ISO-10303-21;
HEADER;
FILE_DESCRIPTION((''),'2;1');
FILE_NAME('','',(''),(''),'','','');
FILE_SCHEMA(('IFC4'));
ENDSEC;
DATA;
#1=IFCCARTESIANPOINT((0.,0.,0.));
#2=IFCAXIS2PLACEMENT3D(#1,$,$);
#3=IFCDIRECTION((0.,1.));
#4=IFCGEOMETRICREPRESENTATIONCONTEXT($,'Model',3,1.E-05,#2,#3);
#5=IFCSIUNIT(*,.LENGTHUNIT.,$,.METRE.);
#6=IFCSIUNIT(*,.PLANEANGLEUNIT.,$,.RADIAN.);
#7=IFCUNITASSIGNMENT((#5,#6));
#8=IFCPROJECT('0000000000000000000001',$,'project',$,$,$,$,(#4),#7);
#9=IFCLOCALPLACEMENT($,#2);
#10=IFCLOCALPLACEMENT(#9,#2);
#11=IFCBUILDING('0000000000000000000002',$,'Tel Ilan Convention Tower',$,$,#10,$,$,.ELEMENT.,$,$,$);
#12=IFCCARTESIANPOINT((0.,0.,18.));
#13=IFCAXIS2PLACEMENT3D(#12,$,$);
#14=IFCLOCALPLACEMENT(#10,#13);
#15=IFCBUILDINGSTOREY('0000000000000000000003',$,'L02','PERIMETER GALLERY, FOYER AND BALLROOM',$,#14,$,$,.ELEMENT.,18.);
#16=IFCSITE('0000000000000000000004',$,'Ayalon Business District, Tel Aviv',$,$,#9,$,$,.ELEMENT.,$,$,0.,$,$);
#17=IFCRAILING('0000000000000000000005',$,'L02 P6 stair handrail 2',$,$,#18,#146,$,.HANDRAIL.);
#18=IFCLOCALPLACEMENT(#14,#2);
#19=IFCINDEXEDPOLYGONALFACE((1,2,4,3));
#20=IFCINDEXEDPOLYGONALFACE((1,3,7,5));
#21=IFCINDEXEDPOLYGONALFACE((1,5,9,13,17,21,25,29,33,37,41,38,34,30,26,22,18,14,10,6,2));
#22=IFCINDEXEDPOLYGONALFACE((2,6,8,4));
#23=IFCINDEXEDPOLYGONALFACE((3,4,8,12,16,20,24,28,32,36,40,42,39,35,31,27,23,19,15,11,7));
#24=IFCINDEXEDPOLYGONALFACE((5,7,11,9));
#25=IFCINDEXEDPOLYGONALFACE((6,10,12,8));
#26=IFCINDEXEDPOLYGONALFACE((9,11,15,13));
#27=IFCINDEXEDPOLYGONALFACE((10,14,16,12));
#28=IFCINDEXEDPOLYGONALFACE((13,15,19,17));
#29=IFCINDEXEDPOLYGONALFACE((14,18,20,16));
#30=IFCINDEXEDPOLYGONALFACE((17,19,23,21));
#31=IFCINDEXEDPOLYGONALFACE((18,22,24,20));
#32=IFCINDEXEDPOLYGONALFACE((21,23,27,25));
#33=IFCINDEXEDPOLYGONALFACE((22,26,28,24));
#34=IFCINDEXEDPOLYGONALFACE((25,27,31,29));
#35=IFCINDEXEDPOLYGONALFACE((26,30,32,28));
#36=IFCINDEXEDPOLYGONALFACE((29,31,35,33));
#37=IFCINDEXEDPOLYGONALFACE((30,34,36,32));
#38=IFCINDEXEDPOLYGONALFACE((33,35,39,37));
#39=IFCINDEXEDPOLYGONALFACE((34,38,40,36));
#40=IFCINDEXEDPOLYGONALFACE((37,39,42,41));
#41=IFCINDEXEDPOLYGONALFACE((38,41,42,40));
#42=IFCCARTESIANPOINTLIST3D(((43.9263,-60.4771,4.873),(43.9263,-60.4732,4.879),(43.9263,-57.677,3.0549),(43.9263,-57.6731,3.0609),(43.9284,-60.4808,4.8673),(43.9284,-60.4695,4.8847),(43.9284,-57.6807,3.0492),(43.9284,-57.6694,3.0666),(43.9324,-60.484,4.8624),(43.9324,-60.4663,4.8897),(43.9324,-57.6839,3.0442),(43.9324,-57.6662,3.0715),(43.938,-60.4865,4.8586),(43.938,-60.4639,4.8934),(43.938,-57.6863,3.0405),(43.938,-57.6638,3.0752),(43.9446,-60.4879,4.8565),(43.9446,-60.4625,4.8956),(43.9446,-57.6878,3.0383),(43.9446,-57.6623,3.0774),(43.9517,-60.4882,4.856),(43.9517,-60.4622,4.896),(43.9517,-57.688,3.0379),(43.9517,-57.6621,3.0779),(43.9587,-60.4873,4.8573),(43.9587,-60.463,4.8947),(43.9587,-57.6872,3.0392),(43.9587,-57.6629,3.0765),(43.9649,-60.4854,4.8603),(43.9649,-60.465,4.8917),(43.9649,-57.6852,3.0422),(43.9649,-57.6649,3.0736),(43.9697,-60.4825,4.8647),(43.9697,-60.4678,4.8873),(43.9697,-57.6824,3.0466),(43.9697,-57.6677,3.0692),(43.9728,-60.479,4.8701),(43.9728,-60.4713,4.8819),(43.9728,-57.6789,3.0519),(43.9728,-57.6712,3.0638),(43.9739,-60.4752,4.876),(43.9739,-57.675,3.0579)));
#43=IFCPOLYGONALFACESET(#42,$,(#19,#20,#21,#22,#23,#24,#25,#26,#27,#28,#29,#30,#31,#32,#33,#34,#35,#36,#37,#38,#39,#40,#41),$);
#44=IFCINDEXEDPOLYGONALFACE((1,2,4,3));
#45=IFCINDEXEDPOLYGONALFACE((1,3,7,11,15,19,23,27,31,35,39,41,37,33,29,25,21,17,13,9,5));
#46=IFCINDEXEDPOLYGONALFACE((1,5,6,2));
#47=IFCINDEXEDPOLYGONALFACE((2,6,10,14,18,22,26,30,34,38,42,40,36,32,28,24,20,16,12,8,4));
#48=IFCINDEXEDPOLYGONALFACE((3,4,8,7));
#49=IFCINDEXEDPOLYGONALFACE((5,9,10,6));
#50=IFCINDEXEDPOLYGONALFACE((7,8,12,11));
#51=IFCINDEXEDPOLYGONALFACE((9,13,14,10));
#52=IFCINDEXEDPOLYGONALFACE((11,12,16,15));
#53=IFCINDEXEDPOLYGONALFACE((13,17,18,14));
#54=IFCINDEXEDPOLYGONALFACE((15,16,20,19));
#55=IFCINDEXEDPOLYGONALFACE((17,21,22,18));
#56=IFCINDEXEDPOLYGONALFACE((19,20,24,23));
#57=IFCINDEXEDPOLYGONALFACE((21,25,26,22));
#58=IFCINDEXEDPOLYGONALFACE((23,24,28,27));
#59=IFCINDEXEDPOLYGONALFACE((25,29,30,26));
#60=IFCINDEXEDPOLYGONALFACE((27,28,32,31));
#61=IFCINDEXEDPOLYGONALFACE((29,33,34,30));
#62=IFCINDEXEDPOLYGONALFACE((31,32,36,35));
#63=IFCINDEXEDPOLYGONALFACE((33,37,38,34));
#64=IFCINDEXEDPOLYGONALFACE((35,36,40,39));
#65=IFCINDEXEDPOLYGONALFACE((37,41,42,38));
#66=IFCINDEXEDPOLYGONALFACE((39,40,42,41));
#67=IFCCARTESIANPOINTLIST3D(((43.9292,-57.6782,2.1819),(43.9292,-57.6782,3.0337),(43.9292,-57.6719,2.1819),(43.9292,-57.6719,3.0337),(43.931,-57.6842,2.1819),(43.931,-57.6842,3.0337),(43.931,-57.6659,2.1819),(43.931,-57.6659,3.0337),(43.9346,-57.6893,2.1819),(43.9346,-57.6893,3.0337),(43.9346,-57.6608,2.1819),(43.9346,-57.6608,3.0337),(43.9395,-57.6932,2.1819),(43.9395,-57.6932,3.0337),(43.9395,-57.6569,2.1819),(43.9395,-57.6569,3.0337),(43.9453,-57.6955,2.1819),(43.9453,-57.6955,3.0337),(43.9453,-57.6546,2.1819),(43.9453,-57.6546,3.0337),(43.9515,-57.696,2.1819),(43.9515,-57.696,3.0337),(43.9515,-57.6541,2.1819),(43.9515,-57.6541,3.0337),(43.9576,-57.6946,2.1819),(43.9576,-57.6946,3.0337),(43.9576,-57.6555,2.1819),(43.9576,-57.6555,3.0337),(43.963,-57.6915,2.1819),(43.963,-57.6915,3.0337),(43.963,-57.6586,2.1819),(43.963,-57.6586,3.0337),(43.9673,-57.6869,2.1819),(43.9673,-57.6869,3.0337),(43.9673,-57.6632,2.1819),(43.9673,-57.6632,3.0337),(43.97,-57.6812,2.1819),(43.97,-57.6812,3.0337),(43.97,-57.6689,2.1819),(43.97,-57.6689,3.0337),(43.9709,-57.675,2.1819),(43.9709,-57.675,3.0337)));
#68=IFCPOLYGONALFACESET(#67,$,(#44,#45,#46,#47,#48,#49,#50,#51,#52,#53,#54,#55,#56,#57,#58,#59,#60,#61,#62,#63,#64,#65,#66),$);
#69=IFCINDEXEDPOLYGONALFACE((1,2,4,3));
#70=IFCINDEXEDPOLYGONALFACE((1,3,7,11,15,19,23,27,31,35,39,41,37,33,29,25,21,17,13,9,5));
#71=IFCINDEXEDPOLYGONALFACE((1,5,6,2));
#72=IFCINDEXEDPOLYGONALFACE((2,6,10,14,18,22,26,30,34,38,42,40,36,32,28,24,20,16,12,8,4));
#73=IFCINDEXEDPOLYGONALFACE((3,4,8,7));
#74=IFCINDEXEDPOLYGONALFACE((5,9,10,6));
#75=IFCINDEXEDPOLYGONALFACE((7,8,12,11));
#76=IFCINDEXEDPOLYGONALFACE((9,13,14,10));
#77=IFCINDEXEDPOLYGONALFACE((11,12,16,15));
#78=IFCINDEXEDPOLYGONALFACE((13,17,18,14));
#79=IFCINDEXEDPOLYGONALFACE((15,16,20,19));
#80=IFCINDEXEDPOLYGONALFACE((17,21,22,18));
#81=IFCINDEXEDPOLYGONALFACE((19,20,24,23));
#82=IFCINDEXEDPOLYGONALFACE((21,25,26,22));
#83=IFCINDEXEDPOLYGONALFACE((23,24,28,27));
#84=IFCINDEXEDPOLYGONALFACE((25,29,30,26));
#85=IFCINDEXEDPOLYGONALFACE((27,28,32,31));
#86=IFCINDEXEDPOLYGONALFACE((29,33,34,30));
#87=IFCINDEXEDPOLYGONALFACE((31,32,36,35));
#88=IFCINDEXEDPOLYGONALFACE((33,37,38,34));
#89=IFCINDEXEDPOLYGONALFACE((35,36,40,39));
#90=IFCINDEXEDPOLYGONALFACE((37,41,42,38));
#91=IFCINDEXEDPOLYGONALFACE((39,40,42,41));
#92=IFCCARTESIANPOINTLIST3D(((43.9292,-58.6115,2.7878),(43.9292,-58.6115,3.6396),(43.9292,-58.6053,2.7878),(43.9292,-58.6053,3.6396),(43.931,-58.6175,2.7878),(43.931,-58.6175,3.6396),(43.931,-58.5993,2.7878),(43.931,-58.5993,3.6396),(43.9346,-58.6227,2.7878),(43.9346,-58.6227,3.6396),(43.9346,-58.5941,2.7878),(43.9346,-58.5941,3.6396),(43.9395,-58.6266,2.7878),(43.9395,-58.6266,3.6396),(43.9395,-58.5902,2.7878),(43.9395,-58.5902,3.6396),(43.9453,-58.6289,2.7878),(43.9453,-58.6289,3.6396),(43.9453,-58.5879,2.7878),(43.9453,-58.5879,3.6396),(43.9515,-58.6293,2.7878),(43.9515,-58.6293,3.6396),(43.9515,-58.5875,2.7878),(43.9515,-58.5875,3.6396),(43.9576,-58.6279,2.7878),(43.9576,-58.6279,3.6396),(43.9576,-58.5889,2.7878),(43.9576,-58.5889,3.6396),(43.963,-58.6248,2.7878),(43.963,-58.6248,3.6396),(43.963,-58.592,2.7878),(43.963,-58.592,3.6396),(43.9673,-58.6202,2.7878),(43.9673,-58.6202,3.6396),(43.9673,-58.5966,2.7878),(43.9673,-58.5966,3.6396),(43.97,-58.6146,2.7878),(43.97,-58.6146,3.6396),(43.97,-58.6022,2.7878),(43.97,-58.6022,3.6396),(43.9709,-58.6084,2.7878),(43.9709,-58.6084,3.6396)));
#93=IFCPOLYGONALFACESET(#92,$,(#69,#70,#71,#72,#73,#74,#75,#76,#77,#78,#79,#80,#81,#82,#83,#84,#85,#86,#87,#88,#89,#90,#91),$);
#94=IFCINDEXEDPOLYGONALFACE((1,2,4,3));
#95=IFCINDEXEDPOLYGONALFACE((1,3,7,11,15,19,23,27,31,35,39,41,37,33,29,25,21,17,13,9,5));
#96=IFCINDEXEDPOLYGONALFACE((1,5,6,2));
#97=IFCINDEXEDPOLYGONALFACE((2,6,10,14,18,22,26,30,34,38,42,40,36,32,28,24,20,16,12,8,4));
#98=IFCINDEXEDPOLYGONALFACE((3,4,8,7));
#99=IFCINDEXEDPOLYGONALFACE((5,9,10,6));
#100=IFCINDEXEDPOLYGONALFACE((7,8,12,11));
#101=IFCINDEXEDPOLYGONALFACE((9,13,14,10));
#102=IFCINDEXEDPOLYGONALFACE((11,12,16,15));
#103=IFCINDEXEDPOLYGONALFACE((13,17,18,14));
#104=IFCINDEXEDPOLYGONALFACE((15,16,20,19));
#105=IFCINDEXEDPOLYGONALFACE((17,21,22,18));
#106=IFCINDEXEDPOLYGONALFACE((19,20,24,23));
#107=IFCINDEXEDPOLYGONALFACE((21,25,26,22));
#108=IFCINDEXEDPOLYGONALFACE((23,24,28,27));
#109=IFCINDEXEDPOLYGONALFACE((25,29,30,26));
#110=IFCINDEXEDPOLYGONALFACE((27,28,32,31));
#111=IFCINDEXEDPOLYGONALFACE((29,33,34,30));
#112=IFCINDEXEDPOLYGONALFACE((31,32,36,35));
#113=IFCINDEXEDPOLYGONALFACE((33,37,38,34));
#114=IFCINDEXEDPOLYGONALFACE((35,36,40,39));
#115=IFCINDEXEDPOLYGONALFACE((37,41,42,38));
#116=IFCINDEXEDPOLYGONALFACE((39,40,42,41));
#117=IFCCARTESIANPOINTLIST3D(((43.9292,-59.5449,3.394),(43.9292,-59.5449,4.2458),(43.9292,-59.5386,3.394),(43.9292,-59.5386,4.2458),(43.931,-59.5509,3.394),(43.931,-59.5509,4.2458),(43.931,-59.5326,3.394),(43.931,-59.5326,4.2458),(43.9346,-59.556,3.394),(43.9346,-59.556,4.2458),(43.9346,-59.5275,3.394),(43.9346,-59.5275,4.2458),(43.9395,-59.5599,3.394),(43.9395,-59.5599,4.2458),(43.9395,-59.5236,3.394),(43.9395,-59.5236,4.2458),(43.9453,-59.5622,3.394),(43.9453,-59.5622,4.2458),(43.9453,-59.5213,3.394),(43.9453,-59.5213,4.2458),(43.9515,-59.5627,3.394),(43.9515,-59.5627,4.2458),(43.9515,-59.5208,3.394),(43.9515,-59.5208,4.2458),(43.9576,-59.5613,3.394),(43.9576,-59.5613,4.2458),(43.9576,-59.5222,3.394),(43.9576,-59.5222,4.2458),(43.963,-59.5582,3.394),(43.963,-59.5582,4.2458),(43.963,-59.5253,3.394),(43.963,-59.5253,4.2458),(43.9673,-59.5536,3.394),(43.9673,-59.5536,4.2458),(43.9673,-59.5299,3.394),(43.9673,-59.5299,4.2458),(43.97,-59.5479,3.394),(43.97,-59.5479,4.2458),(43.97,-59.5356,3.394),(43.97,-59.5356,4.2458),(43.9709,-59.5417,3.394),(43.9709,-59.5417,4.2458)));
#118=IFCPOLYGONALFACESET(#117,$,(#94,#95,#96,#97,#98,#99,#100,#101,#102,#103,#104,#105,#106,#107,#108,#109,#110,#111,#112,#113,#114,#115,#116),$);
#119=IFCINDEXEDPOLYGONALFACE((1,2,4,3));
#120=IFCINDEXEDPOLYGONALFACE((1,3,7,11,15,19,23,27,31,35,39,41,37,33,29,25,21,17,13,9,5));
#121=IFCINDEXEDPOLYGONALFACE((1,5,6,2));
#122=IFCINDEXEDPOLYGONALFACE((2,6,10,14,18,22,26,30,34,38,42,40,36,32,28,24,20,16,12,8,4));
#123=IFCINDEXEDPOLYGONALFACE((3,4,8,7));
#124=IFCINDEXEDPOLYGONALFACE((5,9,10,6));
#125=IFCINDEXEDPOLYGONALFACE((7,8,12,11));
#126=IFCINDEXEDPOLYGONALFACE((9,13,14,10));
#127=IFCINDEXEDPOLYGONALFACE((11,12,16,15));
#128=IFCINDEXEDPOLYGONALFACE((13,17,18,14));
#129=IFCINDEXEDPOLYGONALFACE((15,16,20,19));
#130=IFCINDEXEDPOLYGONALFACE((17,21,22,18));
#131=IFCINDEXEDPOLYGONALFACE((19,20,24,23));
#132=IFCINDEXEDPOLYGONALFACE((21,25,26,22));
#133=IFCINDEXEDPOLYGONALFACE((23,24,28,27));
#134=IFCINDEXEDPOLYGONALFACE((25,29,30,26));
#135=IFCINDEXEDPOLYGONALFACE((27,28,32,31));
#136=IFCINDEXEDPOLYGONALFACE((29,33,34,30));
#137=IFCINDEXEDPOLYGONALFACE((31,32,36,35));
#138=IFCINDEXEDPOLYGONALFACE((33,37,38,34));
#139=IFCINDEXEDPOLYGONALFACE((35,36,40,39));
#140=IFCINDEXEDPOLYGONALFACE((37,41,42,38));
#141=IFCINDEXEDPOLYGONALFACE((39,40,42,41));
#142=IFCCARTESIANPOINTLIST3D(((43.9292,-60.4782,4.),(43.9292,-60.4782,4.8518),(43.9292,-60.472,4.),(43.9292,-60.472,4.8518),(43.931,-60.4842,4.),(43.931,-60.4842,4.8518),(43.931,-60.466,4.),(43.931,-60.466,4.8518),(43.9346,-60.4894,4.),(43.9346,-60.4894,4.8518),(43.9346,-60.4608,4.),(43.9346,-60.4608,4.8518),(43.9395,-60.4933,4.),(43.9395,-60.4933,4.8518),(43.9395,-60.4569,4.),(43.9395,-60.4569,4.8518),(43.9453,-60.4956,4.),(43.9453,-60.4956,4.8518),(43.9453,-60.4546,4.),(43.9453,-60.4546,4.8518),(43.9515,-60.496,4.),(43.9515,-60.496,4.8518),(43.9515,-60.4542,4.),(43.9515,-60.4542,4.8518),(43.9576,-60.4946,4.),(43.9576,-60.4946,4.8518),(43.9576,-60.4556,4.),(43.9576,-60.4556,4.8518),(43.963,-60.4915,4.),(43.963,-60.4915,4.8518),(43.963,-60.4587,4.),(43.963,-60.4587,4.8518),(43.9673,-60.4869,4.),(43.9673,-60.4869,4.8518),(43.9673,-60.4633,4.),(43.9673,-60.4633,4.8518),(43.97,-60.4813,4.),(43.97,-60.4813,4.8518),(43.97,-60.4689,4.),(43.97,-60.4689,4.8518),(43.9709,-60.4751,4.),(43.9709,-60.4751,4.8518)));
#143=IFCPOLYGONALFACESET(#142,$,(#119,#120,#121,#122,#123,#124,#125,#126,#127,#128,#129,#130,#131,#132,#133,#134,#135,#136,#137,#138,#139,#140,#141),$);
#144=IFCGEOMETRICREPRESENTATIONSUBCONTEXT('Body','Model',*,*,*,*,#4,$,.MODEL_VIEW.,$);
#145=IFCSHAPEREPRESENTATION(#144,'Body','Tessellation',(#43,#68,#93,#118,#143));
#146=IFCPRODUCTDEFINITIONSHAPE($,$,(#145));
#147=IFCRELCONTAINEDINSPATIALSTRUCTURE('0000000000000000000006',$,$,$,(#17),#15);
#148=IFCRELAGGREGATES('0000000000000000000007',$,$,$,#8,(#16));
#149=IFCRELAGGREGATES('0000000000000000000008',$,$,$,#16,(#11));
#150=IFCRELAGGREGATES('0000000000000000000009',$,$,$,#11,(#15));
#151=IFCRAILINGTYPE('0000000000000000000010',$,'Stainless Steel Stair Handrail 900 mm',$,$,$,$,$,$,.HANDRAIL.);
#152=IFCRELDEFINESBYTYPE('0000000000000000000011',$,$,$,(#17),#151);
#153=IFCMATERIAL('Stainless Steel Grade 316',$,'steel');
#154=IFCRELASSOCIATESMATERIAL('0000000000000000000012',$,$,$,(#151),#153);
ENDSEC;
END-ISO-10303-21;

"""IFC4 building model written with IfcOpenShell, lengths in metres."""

from ifc_helpers import new_model, si_unit, direction, frame, origin, origin_2d, place, context, subcontext, project, spatial, circle, extrude, material, type_object, element, save


model = new_model("IFC4")

# Units and contexts
model_context = context("Model", 3, precision=1e-05, world=origin(), true_north=direction((0.0, 1.0)))
body_context = subcontext(model_context, "Body", "Model", "MODEL_VIEW")
ifc_project = project(units=[si_unit("LENGTHUNIT", "METRE"), si_unit("PLANEANGLEUNIT", "RADIAN")], contexts=[model_context])

# Site, building, storey
site_placement = place(None, origin())
site = spatial("IfcSite", under=ifc_project, at=site_placement, Name="Ayalon Business District, Tel Aviv", CompositionType="ELEMENT", RefElevation=0.0)
building_placement = place(site_placement, origin())
building = spatial("IfcBuilding", under=site, at=building_placement, Name="Tel Ilan Convention Tower", CompositionType="ELEMENT")
storey_placement = place(building_placement, frame((0.0, 0.0, 18.0)))
storey = spatial("IfcBuildingStorey", under=building, at=storey_placement, Name="L02", Description="PERIMETER GALLERY, FOYER AND BALLROOM", CompositionType="ELEMENT", Elevation=18.0)

# Railing
ifc_material_1 = material(Name="Stainless Steel Grade 316", Category="steel")
railing_type_1 = type_object("IfcRailingType", Name="Stainless Steel Stair Handrail 900 mm", PredefinedType="HANDRAIL", material=ifc_material_1)
railing_1_placement = place(storey_placement, frame((43.95, -57.675, 2.1819)))
element("IfcRailing", 1, at=railing_1_placement, inside=storey, type_object=railing_type_1, Name="L02 P6 stair handrail 2", PredefinedType="HANDRAIL", context=body_context, shape_type="SweptSolid", body=[
    extrude(circle(Radius=0.0239, at=origin_2d()), frame((0.0, 0.0, 0.876), z_axis=(0.0, -0.838706, 0.544585), x_axis=(1.0, 0.0, 0.0)), (0.0, 0.0, 1.0), 3.3386),
    extrude(circle(Radius=0.021, at=origin_2d()), origin(), (0.0, 0.0, 1.0), 0.8518),
    extrude(circle(Radius=0.021, at=origin_2d()), frame((0.0, -0.9333, 0.606)), (0.0, 0.0, 1.0), 0.8518),
    extrude(circle(Radius=0.021, at=origin_2d()), frame((0.0, -1.8667, 1.2122)), (0.0, 0.0, 1.0), 0.8518),
    extrude(circle(Radius=0.021, at=origin_2d()), frame((0.0, -2.8, 1.8181)), (0.0, 0.0, 1.0), 0.8518),
])

save(model, "model.ifc")
